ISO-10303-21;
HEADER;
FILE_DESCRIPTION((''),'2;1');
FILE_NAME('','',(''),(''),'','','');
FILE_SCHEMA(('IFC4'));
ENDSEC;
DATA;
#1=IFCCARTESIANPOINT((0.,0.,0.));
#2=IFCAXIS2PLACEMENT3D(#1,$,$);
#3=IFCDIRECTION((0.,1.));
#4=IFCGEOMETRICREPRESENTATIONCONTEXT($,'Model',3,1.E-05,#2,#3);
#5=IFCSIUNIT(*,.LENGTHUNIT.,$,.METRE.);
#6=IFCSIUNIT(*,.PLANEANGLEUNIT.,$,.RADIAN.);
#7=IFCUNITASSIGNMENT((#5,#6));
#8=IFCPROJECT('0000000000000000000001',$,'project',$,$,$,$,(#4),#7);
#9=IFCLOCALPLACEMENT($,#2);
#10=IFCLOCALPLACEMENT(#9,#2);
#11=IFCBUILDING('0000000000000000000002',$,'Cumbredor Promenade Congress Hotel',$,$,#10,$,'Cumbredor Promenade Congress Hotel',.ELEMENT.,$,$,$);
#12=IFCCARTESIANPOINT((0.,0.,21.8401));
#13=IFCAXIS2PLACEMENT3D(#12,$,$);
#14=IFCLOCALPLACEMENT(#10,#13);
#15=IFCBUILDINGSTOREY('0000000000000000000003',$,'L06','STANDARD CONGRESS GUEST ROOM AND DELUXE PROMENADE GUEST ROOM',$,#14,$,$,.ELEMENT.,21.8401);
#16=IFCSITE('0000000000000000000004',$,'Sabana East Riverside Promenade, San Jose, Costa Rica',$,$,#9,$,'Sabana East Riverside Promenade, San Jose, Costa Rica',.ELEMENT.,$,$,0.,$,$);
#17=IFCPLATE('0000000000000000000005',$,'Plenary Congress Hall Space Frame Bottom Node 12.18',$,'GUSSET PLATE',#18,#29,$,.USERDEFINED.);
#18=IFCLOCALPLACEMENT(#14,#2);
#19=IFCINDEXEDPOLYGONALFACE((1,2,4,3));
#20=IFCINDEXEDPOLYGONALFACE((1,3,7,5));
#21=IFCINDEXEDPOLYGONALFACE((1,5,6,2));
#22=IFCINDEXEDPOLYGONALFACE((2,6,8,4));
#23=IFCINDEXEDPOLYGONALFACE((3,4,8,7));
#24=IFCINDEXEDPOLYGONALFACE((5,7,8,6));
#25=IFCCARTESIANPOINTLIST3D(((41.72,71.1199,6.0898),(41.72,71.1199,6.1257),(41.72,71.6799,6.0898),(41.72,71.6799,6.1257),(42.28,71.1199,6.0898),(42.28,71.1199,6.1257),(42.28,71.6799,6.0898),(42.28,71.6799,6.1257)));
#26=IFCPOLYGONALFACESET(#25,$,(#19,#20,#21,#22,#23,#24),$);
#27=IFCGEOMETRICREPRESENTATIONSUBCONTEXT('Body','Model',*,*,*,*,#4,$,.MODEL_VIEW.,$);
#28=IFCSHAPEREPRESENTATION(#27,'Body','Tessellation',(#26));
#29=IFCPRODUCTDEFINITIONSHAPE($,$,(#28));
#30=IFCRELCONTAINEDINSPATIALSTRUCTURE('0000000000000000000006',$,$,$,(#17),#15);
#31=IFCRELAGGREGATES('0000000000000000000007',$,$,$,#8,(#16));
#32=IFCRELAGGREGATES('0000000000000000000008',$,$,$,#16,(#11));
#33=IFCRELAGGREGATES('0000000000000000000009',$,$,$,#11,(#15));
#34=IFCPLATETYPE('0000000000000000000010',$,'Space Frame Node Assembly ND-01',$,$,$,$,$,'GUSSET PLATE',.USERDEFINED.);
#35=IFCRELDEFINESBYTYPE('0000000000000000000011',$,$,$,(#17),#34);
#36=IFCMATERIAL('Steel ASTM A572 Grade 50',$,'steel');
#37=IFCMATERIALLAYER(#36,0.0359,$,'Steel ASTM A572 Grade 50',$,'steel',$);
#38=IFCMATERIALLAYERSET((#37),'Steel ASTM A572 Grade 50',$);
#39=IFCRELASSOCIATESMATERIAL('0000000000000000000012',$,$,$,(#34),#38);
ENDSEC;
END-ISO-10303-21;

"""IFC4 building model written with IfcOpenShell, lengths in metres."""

from ifc_helpers import new_model, si_unit, direction, frame, origin, origin_2d, place, context, subcontext, project, spatial, rectangle, extrude, material, layer, layer_set, type_object, element, save


model = new_model("IFC4")

# Units and contexts
model_context = context("Model", 3, precision=1e-05, world=origin(), true_north=direction((0.0, 1.0)))
body_context = subcontext(model_context, "Body", "Model", "MODEL_VIEW")
ifc_project = project(units=[si_unit("LENGTHUNIT", "METRE"), si_unit("PLANEANGLEUNIT", "RADIAN")], contexts=[model_context])

# Site, building, storey
site_placement = place(None, origin())
site = spatial("IfcSite", under=ifc_project, at=site_placement, Name="Sabana East Riverside Promenade, San Jose, Costa Rica", LongName="Sabana East Riverside Promenade, San Jose, Costa Rica", CompositionType="ELEMENT", RefElevation=0.0)
building_placement = place(site_placement, origin())
building = spatial("IfcBuilding", under=site, at=building_placement, Name="Cumbredor Promenade Congress Hotel", LongName="Cumbredor Promenade Congress Hotel", CompositionType="ELEMENT")
storey_placement = place(building_placement, frame((0.0, 0.0, 21.8401)))
storey = spatial("IfcBuildingStorey", under=building, at=storey_placement, Name="L06", Description="STANDARD CONGRESS GUEST ROOM AND DELUXE PROMENADE GUEST ROOM", CompositionType="ELEMENT", Elevation=21.8401)

# Plate
ifc_material_1 = material(Name="Steel ASTM A572 Grade 50", Category="steel")
ifc_layer_1 = layer(ifc_material_1, 0.0359, Name="Steel ASTM A572 Grade 50", Category="steel")
ifc_layer_set_1 = layer_set([ifc_layer_1], Name="Steel ASTM A572 Grade 50")
plate_type_1 = type_object("IfcPlateType", Name="Space Frame Node Assembly ND-01", ElementType="GUSSET PLATE", PredefinedType="USERDEFINED", material=ifc_layer_set_1)
for number, where, z_axis, x_axis, name in (
    (1, (42.0, 71.3999, 6.0898), (0.0, 0.0, 1.0), (1.0, 0.0, 0.0), "Plenary Congress Hall Space Frame Bottom Node 12.18"),
):
    element("IfcPlate", number, at=place(storey_placement, frame(where, z_axis=z_axis, x_axis=x_axis)), inside=storey, type_object=plate_type_1, Name=name, ObjectType="GUSSET PLATE", PredefinedType="USERDEFINED", context=body_context, shape_type="SweptSolid", body=[
        extrude(rectangle(XDim=0.5601, YDim=0.5601, at=origin_2d()), origin(), (0.0, 0.0, 1.0), 0.0359),
    ])

save(model, "model.ifc")
